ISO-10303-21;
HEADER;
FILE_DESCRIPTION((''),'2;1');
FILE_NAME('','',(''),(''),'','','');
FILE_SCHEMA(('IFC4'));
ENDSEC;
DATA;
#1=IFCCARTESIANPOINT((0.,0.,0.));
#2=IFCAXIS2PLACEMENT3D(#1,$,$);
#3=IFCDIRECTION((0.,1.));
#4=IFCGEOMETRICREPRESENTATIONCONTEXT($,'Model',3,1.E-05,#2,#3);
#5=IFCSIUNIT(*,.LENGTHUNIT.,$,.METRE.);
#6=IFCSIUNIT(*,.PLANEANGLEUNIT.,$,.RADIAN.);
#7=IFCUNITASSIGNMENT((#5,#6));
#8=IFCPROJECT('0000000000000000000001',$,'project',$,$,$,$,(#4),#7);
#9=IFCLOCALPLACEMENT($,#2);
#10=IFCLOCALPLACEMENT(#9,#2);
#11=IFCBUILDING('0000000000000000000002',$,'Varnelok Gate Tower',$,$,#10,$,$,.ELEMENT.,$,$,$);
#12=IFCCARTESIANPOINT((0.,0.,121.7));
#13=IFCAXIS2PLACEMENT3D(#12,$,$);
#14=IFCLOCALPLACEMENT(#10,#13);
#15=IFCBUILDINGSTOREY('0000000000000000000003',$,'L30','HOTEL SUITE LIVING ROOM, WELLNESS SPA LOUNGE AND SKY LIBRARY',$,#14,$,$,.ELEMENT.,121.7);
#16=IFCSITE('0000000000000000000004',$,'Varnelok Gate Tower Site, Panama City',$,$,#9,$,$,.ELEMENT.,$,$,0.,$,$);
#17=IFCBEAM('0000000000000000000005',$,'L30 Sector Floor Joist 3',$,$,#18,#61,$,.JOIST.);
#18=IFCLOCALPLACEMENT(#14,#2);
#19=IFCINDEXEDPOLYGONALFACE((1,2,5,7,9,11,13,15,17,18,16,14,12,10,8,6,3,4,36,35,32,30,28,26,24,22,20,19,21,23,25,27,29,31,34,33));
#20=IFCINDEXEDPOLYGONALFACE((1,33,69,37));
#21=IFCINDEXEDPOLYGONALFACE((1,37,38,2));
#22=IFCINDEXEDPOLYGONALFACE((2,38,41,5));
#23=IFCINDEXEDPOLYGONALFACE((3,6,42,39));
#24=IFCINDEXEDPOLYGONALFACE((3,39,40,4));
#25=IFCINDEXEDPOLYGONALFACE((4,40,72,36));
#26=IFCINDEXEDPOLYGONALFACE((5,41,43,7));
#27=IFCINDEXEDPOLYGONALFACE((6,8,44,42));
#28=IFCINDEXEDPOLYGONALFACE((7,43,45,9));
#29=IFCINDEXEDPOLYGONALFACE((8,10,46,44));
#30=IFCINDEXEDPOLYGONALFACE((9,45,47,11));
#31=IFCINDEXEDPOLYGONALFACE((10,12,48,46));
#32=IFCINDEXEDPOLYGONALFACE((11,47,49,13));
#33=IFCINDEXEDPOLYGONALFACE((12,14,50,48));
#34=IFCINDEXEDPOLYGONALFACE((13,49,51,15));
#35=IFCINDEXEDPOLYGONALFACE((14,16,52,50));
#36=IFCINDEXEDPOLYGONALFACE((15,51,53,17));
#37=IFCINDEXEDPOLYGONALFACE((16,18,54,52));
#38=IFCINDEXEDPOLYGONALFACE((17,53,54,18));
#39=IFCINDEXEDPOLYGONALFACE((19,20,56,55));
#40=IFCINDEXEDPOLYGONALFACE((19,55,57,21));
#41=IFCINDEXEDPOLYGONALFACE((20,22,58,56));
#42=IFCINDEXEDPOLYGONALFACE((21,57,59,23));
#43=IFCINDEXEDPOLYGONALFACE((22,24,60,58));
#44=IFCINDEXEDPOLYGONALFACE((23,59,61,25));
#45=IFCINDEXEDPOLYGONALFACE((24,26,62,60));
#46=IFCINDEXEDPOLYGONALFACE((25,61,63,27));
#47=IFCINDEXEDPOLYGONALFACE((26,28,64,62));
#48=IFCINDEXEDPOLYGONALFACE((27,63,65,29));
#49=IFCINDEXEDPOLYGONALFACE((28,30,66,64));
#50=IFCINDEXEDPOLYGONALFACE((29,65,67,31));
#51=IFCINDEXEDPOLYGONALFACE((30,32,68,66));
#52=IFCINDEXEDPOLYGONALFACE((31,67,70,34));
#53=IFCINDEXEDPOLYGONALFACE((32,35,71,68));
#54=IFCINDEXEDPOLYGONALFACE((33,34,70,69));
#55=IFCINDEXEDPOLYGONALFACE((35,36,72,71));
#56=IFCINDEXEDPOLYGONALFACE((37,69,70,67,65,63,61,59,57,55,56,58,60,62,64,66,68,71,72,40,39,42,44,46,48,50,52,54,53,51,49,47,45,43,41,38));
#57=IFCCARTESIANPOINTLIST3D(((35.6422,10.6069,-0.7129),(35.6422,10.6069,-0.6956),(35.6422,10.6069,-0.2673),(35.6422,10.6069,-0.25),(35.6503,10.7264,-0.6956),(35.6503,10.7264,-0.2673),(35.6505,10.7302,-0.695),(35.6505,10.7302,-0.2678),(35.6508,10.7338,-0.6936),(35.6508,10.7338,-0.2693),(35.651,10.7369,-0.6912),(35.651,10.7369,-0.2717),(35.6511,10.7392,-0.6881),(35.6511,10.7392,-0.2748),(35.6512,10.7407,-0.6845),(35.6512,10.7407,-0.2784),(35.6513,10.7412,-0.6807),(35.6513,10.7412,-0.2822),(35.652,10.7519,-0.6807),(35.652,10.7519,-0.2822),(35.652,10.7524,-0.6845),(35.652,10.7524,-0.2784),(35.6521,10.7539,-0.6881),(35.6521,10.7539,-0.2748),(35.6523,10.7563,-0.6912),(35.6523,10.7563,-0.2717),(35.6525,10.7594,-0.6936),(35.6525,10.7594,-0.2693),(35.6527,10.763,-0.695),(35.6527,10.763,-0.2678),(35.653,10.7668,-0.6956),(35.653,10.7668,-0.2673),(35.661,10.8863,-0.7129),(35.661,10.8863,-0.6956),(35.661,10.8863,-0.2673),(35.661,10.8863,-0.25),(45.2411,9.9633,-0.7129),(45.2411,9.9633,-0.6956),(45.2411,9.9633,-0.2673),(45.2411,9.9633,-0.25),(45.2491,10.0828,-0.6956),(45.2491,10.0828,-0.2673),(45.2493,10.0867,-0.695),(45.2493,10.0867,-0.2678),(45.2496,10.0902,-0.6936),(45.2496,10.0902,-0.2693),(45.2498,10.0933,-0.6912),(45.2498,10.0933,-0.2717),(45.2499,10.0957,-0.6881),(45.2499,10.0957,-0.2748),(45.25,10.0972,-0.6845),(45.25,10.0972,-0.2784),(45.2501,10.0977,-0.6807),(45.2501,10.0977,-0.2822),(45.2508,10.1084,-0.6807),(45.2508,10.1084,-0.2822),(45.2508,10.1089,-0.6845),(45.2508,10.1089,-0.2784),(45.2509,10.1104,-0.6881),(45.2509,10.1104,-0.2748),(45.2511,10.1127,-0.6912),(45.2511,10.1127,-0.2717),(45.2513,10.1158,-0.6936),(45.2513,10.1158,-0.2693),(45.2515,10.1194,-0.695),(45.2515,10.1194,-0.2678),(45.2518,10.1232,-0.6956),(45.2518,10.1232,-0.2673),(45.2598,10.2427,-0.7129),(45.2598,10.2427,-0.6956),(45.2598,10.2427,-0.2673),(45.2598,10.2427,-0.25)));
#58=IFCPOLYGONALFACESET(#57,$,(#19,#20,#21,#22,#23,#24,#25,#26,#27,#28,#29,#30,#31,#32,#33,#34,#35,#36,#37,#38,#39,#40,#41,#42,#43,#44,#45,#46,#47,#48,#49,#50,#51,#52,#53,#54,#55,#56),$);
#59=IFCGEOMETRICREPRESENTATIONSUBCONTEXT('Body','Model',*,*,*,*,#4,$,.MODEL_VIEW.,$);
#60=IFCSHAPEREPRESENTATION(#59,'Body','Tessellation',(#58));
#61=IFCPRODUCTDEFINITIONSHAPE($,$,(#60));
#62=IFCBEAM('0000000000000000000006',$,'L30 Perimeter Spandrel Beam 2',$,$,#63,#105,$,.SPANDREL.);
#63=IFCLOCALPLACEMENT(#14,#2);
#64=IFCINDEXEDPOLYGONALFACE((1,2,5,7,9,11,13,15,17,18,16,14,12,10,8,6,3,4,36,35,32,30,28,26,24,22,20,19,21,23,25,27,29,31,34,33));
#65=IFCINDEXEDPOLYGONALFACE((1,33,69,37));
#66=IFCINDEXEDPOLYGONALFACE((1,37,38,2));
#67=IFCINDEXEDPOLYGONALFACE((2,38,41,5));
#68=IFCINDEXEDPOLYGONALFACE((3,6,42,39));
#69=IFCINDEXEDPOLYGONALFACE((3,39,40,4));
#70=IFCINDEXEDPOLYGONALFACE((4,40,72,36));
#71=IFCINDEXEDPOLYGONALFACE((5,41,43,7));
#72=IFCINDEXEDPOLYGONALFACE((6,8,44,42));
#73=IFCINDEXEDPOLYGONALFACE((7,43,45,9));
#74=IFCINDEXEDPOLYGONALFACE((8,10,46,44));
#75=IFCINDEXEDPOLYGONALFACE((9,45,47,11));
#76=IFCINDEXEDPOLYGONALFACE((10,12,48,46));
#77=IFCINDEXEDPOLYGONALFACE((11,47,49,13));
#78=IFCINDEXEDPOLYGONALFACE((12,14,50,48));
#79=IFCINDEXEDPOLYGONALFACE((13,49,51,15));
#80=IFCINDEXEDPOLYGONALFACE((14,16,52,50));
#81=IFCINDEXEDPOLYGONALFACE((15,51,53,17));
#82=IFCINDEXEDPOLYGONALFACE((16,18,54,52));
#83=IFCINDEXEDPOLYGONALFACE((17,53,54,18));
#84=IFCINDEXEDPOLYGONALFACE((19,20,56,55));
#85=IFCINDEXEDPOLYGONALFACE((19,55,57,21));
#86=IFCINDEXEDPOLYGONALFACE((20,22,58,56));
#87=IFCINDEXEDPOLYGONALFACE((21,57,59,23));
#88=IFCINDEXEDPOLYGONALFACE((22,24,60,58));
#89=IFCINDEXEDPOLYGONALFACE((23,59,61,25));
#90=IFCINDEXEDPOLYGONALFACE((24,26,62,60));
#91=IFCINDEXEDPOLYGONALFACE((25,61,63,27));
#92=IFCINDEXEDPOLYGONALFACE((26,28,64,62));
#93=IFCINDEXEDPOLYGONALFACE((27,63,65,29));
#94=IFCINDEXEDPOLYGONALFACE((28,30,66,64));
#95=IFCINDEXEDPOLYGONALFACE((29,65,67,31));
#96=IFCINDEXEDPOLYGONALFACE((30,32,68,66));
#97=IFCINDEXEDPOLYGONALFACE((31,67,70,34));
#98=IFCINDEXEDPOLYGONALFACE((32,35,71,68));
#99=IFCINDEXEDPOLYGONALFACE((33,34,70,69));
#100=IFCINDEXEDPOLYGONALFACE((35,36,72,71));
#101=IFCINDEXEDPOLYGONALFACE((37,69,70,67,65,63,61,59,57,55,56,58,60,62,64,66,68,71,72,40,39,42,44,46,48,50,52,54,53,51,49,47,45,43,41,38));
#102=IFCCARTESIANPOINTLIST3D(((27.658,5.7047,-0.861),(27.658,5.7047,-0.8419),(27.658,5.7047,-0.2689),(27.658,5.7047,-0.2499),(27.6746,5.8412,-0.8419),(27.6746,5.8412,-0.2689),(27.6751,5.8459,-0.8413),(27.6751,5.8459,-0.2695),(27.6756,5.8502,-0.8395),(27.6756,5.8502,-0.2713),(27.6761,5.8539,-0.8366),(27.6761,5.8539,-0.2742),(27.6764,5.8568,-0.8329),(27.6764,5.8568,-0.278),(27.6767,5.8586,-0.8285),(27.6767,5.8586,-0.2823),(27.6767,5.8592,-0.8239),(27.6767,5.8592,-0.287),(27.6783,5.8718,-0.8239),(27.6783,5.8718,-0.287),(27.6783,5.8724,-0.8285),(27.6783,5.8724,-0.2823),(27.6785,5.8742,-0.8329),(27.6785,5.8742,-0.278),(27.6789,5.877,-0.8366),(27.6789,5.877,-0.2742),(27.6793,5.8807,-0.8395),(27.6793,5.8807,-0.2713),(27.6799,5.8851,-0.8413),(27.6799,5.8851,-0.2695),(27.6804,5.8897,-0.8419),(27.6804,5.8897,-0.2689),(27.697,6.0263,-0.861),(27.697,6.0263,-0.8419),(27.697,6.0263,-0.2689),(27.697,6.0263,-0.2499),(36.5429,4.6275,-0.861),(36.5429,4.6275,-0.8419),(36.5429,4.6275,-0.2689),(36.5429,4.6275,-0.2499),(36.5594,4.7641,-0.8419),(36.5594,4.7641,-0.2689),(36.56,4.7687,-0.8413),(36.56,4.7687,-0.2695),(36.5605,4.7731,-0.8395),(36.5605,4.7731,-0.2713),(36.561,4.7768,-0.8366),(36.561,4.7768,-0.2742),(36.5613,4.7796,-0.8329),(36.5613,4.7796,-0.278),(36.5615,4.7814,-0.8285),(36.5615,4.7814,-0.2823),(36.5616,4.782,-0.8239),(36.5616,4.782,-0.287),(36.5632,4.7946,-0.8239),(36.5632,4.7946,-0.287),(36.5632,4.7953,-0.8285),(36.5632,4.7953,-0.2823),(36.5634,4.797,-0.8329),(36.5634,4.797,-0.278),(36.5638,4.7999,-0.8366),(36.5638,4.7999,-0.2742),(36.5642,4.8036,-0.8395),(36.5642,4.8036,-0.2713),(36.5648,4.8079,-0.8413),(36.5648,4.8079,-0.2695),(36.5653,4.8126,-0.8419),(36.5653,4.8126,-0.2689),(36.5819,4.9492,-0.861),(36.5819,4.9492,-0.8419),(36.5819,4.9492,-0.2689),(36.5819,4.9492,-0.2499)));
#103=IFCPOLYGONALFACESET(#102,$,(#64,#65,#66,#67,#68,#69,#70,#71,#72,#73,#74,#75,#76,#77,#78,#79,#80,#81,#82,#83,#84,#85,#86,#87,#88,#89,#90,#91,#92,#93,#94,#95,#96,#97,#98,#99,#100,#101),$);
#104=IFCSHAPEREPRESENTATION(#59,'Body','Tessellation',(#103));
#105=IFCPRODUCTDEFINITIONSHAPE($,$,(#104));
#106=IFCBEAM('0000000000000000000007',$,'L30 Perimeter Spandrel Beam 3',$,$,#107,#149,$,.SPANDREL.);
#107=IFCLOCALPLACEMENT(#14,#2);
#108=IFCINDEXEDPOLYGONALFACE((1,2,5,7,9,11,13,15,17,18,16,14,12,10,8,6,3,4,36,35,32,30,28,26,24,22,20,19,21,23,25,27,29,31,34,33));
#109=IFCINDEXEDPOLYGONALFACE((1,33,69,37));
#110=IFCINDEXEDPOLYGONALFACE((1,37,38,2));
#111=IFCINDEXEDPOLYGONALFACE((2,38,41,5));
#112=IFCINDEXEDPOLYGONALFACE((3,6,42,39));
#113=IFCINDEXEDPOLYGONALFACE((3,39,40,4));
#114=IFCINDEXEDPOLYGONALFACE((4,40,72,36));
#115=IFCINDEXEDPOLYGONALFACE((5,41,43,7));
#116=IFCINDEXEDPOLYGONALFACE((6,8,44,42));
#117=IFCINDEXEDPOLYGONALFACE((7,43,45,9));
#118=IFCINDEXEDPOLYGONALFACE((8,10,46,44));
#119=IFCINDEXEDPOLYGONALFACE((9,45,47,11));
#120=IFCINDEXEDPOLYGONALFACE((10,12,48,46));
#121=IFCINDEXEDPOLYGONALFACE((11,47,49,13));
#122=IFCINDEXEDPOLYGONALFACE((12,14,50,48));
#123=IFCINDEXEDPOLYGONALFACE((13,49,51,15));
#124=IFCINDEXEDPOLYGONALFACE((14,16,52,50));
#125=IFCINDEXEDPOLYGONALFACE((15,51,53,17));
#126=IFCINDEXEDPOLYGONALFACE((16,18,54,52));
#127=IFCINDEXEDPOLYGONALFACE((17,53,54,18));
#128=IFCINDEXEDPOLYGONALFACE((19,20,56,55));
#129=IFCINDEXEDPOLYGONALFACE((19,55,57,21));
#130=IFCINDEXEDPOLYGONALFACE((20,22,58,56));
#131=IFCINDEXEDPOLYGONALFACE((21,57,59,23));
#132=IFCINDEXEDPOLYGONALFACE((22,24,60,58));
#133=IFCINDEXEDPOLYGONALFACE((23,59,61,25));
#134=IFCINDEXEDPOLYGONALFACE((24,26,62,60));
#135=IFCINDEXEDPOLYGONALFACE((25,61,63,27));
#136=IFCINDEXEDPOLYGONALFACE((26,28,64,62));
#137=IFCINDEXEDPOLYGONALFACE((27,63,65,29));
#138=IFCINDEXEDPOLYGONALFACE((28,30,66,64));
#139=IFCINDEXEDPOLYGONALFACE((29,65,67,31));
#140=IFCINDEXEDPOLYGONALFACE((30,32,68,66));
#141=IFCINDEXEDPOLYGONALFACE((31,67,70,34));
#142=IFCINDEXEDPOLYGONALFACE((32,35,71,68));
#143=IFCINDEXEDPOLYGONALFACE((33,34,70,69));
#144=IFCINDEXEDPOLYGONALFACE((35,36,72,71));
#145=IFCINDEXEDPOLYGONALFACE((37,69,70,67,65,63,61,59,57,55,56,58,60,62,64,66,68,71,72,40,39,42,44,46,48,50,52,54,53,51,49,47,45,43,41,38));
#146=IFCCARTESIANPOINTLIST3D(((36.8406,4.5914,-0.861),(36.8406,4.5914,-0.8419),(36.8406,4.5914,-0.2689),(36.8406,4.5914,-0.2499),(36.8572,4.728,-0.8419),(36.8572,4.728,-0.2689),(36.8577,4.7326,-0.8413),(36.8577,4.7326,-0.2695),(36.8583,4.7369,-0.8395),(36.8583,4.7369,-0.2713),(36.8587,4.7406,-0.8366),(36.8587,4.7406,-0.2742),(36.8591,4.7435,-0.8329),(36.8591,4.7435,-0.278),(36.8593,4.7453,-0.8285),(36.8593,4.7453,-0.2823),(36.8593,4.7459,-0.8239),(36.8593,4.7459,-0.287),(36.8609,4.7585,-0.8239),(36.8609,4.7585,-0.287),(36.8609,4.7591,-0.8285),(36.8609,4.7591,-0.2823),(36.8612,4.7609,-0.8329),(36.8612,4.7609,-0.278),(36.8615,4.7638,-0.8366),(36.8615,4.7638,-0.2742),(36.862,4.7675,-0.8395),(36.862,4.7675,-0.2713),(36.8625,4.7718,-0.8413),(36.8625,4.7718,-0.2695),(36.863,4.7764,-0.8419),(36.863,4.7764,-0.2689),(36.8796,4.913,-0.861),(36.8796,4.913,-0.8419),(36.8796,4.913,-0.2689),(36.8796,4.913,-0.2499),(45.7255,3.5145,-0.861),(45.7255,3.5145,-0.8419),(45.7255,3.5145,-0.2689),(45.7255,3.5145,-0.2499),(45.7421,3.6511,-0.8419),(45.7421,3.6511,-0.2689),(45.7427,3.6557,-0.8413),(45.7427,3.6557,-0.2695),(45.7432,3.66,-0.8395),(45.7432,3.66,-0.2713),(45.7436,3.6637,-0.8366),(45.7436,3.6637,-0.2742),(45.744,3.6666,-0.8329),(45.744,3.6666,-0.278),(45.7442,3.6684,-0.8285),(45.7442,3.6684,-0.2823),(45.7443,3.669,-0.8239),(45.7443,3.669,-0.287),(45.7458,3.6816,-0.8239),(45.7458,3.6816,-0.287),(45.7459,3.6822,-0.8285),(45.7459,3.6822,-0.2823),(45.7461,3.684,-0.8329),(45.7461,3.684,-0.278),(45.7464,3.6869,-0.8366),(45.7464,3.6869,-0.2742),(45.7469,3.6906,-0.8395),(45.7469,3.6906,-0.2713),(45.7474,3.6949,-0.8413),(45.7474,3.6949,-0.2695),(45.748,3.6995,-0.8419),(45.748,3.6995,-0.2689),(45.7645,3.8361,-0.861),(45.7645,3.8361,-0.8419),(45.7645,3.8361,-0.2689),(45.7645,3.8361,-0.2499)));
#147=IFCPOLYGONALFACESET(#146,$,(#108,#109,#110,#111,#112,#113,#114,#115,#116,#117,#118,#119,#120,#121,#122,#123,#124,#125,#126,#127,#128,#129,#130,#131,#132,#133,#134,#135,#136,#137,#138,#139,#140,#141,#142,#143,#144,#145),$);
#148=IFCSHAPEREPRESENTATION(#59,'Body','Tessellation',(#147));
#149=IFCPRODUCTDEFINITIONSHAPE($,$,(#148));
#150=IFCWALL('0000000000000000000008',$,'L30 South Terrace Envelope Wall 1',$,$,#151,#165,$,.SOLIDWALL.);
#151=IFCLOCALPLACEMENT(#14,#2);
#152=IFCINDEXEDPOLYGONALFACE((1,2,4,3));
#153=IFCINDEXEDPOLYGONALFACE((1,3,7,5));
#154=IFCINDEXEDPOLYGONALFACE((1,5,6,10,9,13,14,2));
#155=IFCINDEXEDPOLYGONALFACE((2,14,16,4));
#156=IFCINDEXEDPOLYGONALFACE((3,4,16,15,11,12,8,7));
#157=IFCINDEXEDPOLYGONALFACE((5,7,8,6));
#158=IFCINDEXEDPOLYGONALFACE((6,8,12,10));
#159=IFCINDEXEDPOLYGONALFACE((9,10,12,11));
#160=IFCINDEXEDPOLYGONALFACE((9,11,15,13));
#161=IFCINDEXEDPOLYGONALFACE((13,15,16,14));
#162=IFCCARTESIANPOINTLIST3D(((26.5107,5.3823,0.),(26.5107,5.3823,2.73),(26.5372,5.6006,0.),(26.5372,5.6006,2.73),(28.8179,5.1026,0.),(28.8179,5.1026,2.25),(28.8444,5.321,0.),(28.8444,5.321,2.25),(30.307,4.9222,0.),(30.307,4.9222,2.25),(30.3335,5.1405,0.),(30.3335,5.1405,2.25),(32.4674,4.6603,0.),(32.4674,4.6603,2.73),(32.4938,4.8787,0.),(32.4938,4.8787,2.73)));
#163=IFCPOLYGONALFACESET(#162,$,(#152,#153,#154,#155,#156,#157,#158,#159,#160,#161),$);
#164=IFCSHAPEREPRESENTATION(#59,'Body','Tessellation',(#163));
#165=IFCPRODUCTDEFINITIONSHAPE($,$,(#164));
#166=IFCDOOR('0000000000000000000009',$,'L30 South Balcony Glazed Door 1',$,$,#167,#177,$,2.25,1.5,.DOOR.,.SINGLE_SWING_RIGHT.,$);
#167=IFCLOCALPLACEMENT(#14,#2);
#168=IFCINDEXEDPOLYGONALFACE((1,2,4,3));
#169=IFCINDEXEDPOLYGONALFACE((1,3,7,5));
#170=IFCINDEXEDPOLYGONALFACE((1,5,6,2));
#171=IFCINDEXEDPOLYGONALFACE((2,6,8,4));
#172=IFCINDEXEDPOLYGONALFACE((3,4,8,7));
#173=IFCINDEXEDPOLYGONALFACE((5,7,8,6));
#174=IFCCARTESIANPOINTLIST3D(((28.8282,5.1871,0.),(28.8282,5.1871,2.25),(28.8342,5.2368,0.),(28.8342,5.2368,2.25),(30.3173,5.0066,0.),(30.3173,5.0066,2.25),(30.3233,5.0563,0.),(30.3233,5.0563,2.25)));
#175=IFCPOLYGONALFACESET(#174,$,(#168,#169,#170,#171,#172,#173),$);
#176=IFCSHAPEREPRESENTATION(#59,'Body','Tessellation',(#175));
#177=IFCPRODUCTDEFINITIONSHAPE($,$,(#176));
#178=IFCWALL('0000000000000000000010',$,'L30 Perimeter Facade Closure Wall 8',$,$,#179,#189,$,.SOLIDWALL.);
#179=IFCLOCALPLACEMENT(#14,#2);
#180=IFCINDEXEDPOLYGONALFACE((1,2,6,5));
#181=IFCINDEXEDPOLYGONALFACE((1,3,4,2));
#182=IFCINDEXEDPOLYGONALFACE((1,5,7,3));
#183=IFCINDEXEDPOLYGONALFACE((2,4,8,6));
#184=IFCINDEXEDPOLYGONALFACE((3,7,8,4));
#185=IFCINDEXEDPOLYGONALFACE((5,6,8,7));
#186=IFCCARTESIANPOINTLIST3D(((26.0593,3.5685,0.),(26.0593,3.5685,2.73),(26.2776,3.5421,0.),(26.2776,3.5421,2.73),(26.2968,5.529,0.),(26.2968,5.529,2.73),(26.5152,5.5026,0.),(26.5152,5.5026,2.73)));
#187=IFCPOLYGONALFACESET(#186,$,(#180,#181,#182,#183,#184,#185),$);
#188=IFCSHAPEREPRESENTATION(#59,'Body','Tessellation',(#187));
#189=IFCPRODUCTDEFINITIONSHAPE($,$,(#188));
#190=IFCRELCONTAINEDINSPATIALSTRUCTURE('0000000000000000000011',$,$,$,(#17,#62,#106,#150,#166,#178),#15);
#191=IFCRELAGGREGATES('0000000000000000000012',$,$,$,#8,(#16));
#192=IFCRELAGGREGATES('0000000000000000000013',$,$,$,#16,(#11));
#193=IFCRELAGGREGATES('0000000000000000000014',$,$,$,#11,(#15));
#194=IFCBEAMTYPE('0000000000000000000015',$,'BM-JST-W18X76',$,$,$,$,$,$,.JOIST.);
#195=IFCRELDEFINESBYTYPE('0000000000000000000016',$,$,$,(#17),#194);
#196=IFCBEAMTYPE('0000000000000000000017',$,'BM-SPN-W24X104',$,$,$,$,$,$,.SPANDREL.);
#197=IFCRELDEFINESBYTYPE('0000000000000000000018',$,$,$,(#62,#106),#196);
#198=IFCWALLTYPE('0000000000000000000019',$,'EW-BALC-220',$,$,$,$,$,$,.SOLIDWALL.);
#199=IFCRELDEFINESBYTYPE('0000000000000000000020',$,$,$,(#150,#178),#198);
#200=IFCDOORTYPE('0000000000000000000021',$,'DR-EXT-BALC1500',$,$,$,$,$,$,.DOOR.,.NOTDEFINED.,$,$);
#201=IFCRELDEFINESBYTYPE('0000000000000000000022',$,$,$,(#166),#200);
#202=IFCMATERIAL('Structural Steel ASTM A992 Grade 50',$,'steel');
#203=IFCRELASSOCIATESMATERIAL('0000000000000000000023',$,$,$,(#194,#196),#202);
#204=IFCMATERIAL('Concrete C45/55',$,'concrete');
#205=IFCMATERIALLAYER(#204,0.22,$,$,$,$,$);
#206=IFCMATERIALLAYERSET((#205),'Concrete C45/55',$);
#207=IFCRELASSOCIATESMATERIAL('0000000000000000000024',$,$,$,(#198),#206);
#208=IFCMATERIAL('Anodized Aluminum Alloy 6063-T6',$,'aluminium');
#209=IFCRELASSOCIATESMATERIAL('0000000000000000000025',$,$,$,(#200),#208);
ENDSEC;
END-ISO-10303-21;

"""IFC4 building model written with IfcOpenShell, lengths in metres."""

from ifc_helpers import new_model, si_unit, direction, frame, frame_2d, origin, origin_2d, place, context, subcontext, project, spatial, rectangle, i_section, extrude, material, layer, layer_set, material_profile, profile_set, type_object, element, fill, save


model = new_model("IFC4")

# Units and contexts
model_context = context("Model", 3, precision=1e-05, world=origin(), true_north=direction((0.0, 1.0)))
body_context = subcontext(model_context, "Body", "Model", "MODEL_VIEW")
ifc_project = project(units=[si_unit("LENGTHUNIT", "METRE"), si_unit("PLANEANGLEUNIT", "RADIAN")], contexts=[model_context])

# Site, building, storey
site_placement = place(None, origin())
site = spatial("IfcSite", under=ifc_project, at=site_placement, Name="Varnelok Gate Tower Site, Panama City", CompositionType="ELEMENT", RefElevation=0.0)
building_placement = place(site_placement, origin())
building = spatial("IfcBuilding", under=site, at=building_placement, Name="Varnelok Gate Tower", CompositionType="ELEMENT")
storey_placement = place(building_placement, frame((0.0, 0.0, 121.7)))
storey = spatial("IfcBuildingStorey", under=building, at=storey_placement, Name="L30", Description="HOTEL SUITE LIVING ROOM, WELLNESS SPA LOUNGE AND SKY LIBRARY", CompositionType="ELEMENT", Elevation=121.7)

# Shared definitions
ifc_material_1 = material(Name="Structural Steel ASTM A992 Grade 50", Category="steel")

# Beams
ifc_material_profile_1 = material_profile(ifc_material_1, i_section(OverallWidth=0.28, OverallDepth=0.4629, WebThickness=0.0107, FlangeThickness=0.0173, FilletRadius=0.0149, at=origin_2d()), Name="W18X76")
ifc_profile_set_1 = profile_set([ifc_material_profile_1], Name="Structural Steel ASTM A992 Grade 50")
beam_type_1 = type_object("IfcBeamType", Name="BM-JST-W18X76", PredefinedType="JOIST", material=ifc_profile_set_1)
beam_1_placement = place(storey_placement, frame((35.6516, 10.7466, -0.4814), z_axis=(0.99776, -0.066895, 0.0), x_axis=(0.066895, 0.99776, 0.0)))
element("IfcBeam", 1, at=beam_1_placement, inside=storey, type_object=beam_type_1, Name="L30 Sector Floor Joist 3", PredefinedType="JOIST", context=body_context, shape_type="SweptSolid", body=[
    extrude(i_section(OverallWidth=0.28, OverallDepth=0.4629, WebThickness=0.0107, FlangeThickness=0.0173, FilletRadius=0.0149, at=origin_2d()), origin(), (0.0, 0.0, 1.0), 9.6204),
])
ifc_material_profile_2 = material_profile(ifc_material_1, i_section(OverallWidth=0.324, OverallDepth=0.6111, WebThickness=0.0127, FlangeThickness=0.019, FilletRadius=0.0181, at=origin_2d()), Name="W24X104")
ifc_profile_set_2 = profile_set([ifc_material_profile_2], Name="Structural Steel ASTM A992 Grade 50")
beam_type_2 = type_object("IfcBeamType", Name="BM-SPN-W24X104", PredefinedType="SPANDREL", material=ifc_profile_set_2)
for number, where, z_axis, x_axis, name in (
    (2, (27.6775, 5.8655, -0.5554), (0.992731, -0.120351, 0.0), (0.120351, 0.992731, 0.0), "L30 Perimeter Spandrel Beam 2"),
    (3, (36.8601, 4.7522, -0.5554), (0.992735, -0.120324, 0.0), (0.120324, 0.992735, 0.0), "L30 Perimeter Spandrel Beam 3"),
):
    element("IfcBeam", number, at=place(storey_placement, frame(where, z_axis=z_axis, x_axis=x_axis)), inside=storey, type_object=beam_type_2, Name=name, PredefinedType="SPANDREL", context=body_context, shape_type="SweptSolid", body=[
        extrude(i_section(OverallWidth=0.324, OverallDepth=0.6111, WebThickness=0.0127, FlangeThickness=0.019, FilletRadius=0.0181, at=origin_2d()), origin(), (0.0, 0.0, 1.0), 8.95),
    ])

# Wall, opening, door
ifc_material_2 = material(Name="Concrete C45/55", Category="concrete")
ifc_layer_1 = layer(ifc_material_2, 0.22)
ifc_layer_set_1 = layer_set([ifc_layer_1], Name="Concrete C45/55")
wall_type_1 = type_object("IfcWallType", Name="EW-BALC-220", PredefinedType="SOLIDWALL", material=ifc_layer_set_1)
wall_1_placement = place(storey_placement, frame((32.4805, 4.7695, 0.0), z_axis=(0.0, 0.0, 1.0), x_axis=(-0.992735, 0.120318, 0.0)))
wall_1 = element("IfcWall", 4, at=wall_1_placement, inside=storey, type_object=wall_type_1, Name="L30 South Terrace Envelope Wall 1", PredefinedType="SOLIDWALL", context=body_context, shape_type="SweptSolid", body=[
    extrude(rectangle(XDim=6.0002, YDim=0.22, at=frame_2d((3.0, 0.0))), origin(), (0.0, 0.0, 1.0), 2.73),
])
opening_1_placement = place(wall_1_placement, frame((2.176, 0.0, 0.0)))
opening_1 = element("IfcOpeningElement", 5, at=opening_1_placement, cuts=wall_1, PredefinedType="OPENING", context=body_context, shape_type="SweptSolid", body=[
    extrude(rectangle(XDim=1.5, YDim=2.25, at=frame_2d((0.75, 1.125))), frame((0.0, 0.1199, 0.0), z_axis=(0.0, -1.0, 0.0), x_axis=(1.0, 0.0, 0.0)), (0.0, 0.0, 1.0), 0.24),
])
ifc_material_3 = material(Name="Anodized Aluminum Alloy 6063-T6", Category="aluminium")
door_type_1 = type_object("IfcDoorType", Name="DR-EXT-BALC1500", OperationType="NOTDEFINED", PredefinedType="DOOR", material=ifc_material_3)
door_1_placement = place(opening_1_placement, origin())
door_1 = element("IfcDoor", 6, at=door_1_placement, inside=storey, type_object=door_type_1, Name="L30 South Balcony Glazed Door 1", OperationType="SINGLE_SWING_RIGHT", OverallHeight=2.25, OverallWidth=1.5, PredefinedType="DOOR", context=body_context, shape_type="SweptSolid", body=[
    extrude(rectangle(XDim=1.5, YDim=2.25, at=frame_2d((0.75, 1.125))), frame((0.0, 0.0249, 0.0), z_axis=(0.0, -1.0, 0.0), x_axis=(1.0, 0.0, 0.0)), (0.0, 0.0, 1.0), 0.05),
])
fill(opening_1, door_1)

# Wall
wall_2_placement = place(storey_placement, frame((26.1685, 3.5554, 0.0), z_axis=(0.0, 0.0, 1.0), x_axis=(0.120291, 0.992739, 0.0)))
element("IfcWall", 7, at=wall_2_placement, inside=storey, type_object=wall_type_1, Name="L30 Perimeter Facade Closure Wall 8", PredefinedType="SOLIDWALL", context=body_context, shape_type="SweptSolid", body=[
    extrude(rectangle(XDim=1.9749, YDim=0.22, at=frame_2d((0.9873, 0.0))), origin(), (0.0, 0.0, 1.0), 2.73),
])

save(model, "model.ifc")
